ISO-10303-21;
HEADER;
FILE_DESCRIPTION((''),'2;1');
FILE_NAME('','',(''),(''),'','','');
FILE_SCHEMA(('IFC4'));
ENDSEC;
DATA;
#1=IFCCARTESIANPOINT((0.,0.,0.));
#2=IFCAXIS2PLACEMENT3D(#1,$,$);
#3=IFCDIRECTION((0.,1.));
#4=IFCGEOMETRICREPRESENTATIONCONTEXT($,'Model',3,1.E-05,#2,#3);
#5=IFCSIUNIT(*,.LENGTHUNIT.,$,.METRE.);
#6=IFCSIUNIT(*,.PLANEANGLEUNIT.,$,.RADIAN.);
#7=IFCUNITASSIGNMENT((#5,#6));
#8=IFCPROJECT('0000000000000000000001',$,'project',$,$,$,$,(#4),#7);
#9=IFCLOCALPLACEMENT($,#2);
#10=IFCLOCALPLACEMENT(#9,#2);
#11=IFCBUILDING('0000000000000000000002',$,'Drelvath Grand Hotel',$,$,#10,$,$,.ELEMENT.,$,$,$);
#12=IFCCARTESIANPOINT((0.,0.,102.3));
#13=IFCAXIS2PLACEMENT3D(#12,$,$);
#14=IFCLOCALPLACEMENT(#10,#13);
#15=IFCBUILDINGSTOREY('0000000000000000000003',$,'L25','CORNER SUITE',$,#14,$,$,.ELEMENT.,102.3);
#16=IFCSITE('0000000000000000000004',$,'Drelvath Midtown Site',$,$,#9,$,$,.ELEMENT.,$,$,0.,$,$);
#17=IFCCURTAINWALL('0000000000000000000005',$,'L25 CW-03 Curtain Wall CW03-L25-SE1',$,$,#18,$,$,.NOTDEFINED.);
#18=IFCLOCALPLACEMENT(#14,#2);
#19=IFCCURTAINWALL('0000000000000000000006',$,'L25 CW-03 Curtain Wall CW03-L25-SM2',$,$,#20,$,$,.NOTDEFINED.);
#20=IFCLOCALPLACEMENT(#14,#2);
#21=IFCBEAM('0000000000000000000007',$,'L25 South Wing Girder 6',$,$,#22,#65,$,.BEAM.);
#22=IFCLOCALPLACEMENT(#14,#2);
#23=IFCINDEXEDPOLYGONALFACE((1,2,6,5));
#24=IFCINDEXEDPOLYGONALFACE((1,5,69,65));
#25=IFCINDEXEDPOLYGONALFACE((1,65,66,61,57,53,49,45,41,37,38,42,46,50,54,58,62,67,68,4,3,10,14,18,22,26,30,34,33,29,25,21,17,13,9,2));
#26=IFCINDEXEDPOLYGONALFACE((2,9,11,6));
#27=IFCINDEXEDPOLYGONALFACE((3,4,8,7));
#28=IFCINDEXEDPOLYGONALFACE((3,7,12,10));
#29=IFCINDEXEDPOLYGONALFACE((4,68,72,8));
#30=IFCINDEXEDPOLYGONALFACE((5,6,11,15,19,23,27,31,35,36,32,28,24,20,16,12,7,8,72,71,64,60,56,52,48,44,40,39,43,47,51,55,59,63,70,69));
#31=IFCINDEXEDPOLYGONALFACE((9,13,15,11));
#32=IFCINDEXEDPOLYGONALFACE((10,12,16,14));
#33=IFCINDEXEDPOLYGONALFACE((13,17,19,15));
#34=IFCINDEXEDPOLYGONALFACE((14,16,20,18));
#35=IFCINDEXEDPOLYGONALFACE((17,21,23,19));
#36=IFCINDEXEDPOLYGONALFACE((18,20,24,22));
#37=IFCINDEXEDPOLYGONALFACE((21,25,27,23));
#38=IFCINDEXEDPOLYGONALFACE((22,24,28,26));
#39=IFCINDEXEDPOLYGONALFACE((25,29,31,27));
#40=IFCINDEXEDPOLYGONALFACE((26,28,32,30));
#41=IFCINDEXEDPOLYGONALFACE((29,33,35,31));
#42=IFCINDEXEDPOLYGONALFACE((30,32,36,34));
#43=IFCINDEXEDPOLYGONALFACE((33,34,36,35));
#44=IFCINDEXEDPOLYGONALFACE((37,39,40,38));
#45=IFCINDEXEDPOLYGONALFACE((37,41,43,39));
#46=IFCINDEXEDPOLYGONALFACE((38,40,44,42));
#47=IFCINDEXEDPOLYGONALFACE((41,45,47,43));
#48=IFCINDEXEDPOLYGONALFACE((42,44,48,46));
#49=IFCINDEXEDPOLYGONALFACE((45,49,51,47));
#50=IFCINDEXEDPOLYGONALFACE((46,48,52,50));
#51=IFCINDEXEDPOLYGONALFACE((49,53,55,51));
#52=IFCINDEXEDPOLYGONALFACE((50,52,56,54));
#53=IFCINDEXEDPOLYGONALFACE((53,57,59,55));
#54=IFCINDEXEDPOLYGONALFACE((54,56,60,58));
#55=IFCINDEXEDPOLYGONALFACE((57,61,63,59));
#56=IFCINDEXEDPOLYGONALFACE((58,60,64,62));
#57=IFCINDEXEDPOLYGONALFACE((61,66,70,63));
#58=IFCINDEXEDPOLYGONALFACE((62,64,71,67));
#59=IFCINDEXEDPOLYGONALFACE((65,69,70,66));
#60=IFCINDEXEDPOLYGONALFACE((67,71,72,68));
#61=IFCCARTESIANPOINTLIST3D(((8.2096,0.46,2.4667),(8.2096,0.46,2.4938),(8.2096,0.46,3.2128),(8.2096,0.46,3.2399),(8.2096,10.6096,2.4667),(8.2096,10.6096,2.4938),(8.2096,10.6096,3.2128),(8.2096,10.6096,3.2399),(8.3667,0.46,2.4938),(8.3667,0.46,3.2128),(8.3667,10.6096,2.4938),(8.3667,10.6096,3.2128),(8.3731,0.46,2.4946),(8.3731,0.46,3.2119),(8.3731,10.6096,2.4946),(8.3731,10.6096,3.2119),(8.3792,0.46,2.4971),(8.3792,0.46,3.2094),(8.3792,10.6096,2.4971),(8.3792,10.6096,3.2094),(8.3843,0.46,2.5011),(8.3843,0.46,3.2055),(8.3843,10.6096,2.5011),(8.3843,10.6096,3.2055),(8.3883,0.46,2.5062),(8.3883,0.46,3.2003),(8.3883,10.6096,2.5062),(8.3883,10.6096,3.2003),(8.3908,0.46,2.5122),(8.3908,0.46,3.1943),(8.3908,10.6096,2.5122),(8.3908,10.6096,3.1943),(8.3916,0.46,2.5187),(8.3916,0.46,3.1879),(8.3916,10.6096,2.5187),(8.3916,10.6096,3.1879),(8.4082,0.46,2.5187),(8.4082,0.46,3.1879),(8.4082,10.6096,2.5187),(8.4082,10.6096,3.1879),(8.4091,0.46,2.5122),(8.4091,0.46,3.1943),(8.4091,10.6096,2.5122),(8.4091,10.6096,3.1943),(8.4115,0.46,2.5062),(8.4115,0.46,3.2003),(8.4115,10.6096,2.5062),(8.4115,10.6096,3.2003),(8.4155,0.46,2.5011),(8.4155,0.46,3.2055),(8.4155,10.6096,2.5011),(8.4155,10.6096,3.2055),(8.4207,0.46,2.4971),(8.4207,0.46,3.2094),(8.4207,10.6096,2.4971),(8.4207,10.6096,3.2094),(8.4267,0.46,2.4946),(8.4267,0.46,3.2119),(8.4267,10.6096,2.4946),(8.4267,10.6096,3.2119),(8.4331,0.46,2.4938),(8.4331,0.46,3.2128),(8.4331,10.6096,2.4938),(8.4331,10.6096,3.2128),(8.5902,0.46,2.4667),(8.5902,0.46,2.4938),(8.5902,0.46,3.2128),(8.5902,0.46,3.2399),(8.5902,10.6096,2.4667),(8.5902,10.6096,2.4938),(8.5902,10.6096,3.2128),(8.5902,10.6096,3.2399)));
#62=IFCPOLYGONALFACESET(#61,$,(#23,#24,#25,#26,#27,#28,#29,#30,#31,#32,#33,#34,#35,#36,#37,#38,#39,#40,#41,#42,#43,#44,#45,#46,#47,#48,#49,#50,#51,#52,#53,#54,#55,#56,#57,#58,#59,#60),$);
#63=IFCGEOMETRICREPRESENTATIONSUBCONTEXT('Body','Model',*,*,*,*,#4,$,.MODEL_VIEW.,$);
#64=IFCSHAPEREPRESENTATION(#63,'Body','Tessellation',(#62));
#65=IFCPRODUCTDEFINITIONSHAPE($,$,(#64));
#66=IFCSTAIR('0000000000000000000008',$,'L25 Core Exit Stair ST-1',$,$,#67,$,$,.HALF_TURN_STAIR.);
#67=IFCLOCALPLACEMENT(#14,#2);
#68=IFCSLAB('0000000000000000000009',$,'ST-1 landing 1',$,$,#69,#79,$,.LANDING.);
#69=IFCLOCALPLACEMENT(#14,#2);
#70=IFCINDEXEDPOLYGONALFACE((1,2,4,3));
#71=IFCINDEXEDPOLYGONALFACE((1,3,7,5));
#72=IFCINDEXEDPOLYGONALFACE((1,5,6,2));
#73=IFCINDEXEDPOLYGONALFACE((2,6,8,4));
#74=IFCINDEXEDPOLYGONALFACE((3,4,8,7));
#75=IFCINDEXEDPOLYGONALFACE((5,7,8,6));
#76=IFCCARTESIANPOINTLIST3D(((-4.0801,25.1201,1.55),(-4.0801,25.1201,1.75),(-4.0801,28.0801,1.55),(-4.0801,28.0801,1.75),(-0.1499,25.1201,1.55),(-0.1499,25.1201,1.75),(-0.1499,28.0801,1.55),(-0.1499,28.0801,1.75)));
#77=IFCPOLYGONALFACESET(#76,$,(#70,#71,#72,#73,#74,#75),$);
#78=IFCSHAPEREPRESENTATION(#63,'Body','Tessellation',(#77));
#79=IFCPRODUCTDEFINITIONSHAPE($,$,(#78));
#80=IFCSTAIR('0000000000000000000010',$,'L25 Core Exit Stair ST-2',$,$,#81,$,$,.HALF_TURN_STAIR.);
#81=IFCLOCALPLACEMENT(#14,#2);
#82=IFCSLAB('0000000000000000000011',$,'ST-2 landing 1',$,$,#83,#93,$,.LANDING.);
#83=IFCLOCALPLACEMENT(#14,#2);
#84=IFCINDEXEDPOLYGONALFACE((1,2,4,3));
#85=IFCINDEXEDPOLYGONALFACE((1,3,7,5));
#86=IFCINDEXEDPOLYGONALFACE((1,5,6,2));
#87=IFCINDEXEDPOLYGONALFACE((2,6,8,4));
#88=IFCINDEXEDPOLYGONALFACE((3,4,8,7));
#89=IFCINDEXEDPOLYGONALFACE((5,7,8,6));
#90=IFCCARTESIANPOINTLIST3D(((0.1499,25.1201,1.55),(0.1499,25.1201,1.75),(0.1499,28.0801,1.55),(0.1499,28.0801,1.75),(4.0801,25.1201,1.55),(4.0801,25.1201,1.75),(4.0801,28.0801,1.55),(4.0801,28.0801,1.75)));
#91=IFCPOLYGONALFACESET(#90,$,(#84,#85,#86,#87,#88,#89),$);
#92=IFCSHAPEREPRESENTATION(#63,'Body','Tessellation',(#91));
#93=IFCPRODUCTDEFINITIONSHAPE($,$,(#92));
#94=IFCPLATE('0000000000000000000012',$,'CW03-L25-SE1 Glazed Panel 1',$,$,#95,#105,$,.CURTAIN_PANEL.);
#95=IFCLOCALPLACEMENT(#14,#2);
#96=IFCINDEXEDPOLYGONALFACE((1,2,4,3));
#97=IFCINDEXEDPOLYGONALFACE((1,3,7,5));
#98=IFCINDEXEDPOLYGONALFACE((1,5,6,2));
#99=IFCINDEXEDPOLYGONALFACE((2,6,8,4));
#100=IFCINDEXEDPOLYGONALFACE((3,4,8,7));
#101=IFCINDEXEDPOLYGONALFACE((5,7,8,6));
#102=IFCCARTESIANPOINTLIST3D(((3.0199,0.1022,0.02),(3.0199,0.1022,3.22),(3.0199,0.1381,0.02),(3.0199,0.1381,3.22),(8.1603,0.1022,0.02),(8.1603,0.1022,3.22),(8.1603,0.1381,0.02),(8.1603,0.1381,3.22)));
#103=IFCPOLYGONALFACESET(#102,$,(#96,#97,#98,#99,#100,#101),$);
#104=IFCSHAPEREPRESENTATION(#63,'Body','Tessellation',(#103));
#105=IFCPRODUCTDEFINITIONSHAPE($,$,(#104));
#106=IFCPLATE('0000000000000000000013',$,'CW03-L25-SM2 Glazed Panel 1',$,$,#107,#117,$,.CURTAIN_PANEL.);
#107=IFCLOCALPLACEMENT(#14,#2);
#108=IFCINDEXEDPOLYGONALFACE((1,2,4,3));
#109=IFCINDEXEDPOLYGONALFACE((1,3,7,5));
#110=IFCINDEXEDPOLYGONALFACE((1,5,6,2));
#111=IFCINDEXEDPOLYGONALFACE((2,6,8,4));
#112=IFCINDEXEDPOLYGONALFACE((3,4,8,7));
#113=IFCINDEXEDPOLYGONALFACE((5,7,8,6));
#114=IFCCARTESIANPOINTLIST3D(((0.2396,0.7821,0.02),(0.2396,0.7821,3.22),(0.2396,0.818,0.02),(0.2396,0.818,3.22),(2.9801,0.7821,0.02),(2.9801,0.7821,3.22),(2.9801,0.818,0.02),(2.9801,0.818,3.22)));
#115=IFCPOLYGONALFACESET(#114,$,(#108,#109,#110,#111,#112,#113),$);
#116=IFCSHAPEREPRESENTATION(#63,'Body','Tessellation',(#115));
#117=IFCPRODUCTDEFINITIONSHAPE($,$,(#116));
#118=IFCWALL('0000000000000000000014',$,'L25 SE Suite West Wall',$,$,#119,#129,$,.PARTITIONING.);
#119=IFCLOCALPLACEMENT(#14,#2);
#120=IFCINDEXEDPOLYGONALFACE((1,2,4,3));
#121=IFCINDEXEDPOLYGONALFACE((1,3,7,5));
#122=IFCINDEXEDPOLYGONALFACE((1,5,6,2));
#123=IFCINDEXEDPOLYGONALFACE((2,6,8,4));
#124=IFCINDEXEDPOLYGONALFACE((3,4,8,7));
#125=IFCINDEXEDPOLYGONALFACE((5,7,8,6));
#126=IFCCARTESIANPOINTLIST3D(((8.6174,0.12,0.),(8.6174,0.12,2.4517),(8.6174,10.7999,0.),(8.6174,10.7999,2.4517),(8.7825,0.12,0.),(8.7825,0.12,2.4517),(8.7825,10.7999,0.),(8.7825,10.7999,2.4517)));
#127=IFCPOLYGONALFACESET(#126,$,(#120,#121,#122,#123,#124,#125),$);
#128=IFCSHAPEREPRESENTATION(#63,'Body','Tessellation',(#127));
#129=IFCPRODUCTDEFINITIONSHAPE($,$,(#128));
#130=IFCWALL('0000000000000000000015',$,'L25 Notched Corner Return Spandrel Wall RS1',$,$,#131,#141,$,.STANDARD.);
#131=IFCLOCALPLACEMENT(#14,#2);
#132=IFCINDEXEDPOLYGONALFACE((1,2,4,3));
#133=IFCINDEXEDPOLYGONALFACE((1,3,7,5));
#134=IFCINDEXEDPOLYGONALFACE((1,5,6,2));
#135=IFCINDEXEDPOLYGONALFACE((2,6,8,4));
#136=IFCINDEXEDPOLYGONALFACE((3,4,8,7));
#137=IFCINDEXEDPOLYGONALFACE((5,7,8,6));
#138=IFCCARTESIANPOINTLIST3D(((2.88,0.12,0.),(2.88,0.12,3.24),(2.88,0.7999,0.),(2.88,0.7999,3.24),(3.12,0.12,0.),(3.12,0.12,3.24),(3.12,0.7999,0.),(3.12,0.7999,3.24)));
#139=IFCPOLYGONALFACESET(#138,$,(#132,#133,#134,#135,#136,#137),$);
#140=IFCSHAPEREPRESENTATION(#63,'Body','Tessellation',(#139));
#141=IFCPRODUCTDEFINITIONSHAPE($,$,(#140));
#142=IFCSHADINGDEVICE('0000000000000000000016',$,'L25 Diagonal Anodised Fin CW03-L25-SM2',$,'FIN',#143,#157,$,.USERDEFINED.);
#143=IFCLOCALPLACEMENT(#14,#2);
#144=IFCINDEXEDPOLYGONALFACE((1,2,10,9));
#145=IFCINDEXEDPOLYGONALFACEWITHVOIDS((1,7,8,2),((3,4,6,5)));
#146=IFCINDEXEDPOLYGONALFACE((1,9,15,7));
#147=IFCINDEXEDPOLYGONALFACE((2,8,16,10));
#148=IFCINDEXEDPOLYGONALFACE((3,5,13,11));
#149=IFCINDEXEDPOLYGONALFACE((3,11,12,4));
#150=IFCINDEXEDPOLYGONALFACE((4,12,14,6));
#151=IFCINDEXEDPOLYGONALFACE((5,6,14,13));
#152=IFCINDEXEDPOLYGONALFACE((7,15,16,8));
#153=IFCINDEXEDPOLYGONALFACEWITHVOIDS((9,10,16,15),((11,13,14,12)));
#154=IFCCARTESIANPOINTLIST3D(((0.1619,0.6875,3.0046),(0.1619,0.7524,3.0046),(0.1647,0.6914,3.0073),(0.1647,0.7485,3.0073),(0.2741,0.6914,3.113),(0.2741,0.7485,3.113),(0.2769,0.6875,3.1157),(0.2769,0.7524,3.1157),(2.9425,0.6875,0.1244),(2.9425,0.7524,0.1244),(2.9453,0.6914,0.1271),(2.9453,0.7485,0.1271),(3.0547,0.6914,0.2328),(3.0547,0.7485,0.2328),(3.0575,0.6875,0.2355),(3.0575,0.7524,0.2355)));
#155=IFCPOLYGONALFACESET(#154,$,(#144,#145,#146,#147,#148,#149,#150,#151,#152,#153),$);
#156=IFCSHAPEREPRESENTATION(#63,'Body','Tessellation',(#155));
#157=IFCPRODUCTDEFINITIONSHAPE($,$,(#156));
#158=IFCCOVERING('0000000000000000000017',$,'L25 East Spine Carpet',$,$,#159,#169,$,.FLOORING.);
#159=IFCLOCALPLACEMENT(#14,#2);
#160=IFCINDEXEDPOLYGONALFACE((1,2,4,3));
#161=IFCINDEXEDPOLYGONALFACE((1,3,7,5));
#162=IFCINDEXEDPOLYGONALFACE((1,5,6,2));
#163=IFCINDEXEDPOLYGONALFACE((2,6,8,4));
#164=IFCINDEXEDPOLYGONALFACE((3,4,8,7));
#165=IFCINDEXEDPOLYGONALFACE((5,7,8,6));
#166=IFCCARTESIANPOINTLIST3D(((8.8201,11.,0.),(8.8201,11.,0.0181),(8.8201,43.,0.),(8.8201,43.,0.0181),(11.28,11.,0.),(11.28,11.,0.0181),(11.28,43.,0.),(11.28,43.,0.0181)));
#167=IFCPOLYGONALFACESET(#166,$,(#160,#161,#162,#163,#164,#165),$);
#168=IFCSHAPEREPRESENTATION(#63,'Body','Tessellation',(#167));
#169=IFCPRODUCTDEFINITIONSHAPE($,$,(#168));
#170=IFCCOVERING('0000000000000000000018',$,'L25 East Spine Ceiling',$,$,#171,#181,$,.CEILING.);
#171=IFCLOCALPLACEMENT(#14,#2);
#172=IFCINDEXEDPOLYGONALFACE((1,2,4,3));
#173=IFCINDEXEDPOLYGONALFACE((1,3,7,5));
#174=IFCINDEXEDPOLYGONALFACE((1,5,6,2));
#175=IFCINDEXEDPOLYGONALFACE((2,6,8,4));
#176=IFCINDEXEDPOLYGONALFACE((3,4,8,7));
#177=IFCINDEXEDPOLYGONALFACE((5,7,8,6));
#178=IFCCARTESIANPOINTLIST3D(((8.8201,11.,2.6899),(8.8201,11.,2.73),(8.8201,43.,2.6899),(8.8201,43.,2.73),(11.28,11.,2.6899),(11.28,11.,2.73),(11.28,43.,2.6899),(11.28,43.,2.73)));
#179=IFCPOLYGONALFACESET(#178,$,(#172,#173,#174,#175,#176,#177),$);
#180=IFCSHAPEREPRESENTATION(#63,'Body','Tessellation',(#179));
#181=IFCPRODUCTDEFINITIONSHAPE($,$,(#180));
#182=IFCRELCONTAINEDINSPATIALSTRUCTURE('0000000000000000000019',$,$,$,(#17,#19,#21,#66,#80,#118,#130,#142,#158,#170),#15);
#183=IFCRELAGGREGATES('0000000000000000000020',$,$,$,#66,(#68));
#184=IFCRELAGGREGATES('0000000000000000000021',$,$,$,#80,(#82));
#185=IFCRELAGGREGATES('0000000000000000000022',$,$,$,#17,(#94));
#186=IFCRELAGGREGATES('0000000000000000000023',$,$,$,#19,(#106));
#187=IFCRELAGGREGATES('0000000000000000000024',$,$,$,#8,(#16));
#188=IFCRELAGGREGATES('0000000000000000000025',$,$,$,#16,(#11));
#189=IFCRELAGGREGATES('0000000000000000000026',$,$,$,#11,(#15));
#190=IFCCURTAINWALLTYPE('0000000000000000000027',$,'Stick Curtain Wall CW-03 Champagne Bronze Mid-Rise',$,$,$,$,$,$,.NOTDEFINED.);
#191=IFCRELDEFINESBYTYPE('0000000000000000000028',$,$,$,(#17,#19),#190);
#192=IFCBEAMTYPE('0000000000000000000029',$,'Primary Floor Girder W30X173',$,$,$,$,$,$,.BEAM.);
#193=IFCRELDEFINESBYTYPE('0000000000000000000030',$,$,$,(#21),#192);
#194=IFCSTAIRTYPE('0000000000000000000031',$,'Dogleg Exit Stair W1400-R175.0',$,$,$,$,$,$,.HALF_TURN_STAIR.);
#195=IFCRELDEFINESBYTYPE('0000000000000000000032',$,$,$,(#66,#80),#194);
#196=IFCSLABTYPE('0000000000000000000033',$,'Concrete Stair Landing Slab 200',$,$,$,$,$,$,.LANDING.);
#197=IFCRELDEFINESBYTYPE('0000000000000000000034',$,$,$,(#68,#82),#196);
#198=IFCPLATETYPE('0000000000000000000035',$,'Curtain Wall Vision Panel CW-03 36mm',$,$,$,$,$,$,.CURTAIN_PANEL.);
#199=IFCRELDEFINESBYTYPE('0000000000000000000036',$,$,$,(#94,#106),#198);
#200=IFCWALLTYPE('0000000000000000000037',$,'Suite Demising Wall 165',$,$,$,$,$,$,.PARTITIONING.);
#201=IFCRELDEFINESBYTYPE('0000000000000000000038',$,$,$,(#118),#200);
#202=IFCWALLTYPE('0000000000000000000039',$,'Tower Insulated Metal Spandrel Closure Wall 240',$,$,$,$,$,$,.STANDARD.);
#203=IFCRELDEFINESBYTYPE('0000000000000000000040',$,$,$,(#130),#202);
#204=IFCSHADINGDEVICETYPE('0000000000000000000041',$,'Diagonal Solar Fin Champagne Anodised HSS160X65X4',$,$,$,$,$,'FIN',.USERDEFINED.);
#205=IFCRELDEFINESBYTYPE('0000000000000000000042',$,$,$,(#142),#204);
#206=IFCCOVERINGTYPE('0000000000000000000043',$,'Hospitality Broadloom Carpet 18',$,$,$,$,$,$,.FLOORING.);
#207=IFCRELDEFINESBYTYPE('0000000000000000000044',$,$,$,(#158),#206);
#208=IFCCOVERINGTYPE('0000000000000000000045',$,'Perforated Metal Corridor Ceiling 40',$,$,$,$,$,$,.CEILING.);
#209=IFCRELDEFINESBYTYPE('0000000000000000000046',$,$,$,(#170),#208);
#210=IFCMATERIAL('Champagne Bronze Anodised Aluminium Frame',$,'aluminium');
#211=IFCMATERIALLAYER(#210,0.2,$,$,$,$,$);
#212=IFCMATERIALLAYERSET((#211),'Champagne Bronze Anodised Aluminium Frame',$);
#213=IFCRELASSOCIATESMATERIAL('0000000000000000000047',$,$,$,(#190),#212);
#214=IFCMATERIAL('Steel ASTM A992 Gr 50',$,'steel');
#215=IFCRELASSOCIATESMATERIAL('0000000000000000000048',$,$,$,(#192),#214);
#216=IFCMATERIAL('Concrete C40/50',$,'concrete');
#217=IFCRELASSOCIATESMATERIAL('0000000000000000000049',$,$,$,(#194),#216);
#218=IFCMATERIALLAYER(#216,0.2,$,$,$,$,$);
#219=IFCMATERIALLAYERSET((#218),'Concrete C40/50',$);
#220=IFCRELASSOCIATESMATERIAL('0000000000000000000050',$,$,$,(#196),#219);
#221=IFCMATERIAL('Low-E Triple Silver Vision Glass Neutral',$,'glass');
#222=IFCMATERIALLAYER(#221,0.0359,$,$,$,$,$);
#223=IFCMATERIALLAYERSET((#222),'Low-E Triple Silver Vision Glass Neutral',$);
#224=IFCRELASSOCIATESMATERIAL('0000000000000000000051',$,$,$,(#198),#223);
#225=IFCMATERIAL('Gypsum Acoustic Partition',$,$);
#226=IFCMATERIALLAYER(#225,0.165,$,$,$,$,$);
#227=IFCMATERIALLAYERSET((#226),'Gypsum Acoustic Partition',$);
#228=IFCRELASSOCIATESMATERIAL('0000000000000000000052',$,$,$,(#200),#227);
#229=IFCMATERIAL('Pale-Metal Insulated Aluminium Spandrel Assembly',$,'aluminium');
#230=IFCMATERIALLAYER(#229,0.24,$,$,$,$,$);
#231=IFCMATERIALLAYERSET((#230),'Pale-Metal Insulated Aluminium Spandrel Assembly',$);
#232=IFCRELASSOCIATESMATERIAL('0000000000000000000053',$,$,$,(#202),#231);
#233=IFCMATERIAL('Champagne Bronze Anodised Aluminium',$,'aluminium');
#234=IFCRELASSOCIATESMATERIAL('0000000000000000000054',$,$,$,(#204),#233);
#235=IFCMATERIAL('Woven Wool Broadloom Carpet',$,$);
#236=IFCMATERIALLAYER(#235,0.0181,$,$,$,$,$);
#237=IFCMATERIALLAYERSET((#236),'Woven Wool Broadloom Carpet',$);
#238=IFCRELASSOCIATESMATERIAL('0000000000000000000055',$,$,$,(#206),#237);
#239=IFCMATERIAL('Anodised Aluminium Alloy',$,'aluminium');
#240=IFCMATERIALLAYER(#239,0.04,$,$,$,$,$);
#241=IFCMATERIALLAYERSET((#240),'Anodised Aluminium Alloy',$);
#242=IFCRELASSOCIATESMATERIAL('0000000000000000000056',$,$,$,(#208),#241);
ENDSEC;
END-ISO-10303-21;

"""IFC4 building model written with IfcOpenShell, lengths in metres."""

from ifc_helpers import new_model, si_unit, direction, frame, frame_2d, origin, origin_2d, place, context, subcontext, project, spatial, polyline, rectangle, hollow_rectangle, i_section, outline, extrude, material, layer, layer_set, material_profile, profile_set, type_object, element, aggregate, save


model = new_model("IFC4")

# Units and contexts
model_context = context("Model", 3, precision=1e-05, world=origin(), true_north=direction((0.0, 1.0)))
body_context = subcontext(model_context, "Body", "Model", "MODEL_VIEW")
ifc_project = project(units=[si_unit("LENGTHUNIT", "METRE"), si_unit("PLANEANGLEUNIT", "RADIAN")], contexts=[model_context])

# Site, building, storey
site_placement = place(None, origin())
site = spatial("IfcSite", under=ifc_project, at=site_placement, Name="Drelvath Midtown Site", CompositionType="ELEMENT", RefElevation=0.0)
building_placement = place(site_placement, origin())
building = spatial("IfcBuilding", under=site, at=building_placement, Name="Drelvath Grand Hotel", CompositionType="ELEMENT")
storey_placement = place(building_placement, frame((0.0, 0.0, 102.3)))
storey = spatial("IfcBuildingStorey", under=building, at=storey_placement, Name="L25", Description="CORNER SUITE", CompositionType="ELEMENT", Elevation=102.3)

# Curtain walls
ifc_material_1 = material(Name="Champagne Bronze Anodised Aluminium Frame", Category="aluminium")
ifc_layer_1 = layer(ifc_material_1, 0.2)
ifc_layer_set_1 = layer_set([ifc_layer_1], Name="Champagne Bronze Anodised Aluminium Frame")
curtain_wall_type = type_object("IfcCurtainWallType", Name="Stick Curtain Wall CW-03 Champagne Bronze Mid-Rise", PredefinedType="NOTDEFINED", material=ifc_layer_set_1)
curtain_wall_1_placement = place(storey_placement, origin())
curtain_wall_1 = element("IfcCurtainWall", 1, at=curtain_wall_1_placement, inside=storey, type_object=curtain_wall_type, Name="L25 CW-03 Curtain Wall CW03-L25-SE1", PredefinedType="NOTDEFINED")
curtain_wall_2_placement = place(storey_placement, origin())
curtain_wall_2 = element("IfcCurtainWall", 2, at=curtain_wall_2_placement, inside=storey, type_object=curtain_wall_type, Name="L25 CW-03 Curtain Wall CW03-L25-SM2", PredefinedType="NOTDEFINED")

# Beam
ifc_material_2 = material(Name="Steel ASTM A992 Gr 50", Category="steel")
ifc_material_profile_1 = material_profile(ifc_material_2, i_section(OverallWidth=0.3806, OverallDepth=0.7732, WebThickness=0.0166, FlangeThickness=0.0271, FilletRadius=0.0249, at=origin_2d()), Name="W30X173")
ifc_profile_set_1 = profile_set([ifc_material_profile_1], Name="Steel ASTM A992 Gr 50")
beam_type_1 = type_object("IfcBeamType", Name="Primary Floor Girder W30X173", PredefinedType="BEAM", material=ifc_profile_set_1)
beam_1_placement = place(storey_placement, frame((8.3999, 0.46, 2.8533), z_axis=(0.0, 1.0, 0.0), x_axis=(-1.0, 0.0, 0.0)))
element("IfcBeam", 3, at=beam_1_placement, inside=storey, type_object=beam_type_1, Name="L25 South Wing Girder 6", PredefinedType="BEAM", context=body_context, shape_type="SweptSolid", body=[
    extrude(i_section(OverallWidth=0.3806, OverallDepth=0.7732, WebThickness=0.0166, FlangeThickness=0.0271, FilletRadius=0.0249, at=origin_2d()), origin(), (0.0, 0.0, 1.0), 10.1497),
])

# Stairs, slabs
ifc_material_3 = material(Name="Concrete C40/50", Category="concrete")
stair_type = type_object("IfcStairType", Name="Dogleg Exit Stair W1400-R175.0", PredefinedType="HALF_TURN_STAIR", material=ifc_material_3)
stair_1_placement = place(storey_placement, origin())
stair_1 = element("IfcStair", 4, at=stair_1_placement, inside=storey, type_object=stair_type, Name="L25 Core Exit Stair ST-1", PredefinedType="HALF_TURN_STAIR")
ifc_layer_2 = layer(ifc_material_3, 0.2)
ifc_layer_set_2 = layer_set([ifc_layer_2], Name="Concrete C40/50")
slab_type = type_object("IfcSlabType", Name="Concrete Stair Landing Slab 200", PredefinedType="LANDING", material=ifc_layer_set_2)
slab_1_placement = place(storey_placement, frame((0.0, 0.0, 1.55)))
slab_1 = element("IfcSlab", 5, at=slab_1_placement, type_object=slab_type, Name="ST-1 landing 1", PredefinedType="LANDING", context=body_context, shape_type="SweptSolid", body=[
    extrude(outline(polyline([(-4.0801, 25.1201), (-0.1499, 25.1201), (-0.1499, 28.0801), (-4.0801, 28.0801), (-4.0801, 25.1201)])), origin(), (0.0, 0.0, 1.0), 0.2),
])
aggregate(stair_1, [slab_1])
stair_2_placement = place(storey_placement, origin())
stair_2 = element("IfcStair", 6, at=stair_2_placement, inside=storey, type_object=stair_type, Name="L25 Core Exit Stair ST-2", PredefinedType="HALF_TURN_STAIR")
slab_2_placement = place(storey_placement, frame((0.0, 0.0, 1.55)))
slab_2 = element("IfcSlab", 7, at=slab_2_placement, type_object=slab_type, Name="ST-2 landing 1", PredefinedType="LANDING", context=body_context, shape_type="SweptSolid", body=[
    extrude(outline(polyline([(4.0801, 28.0801), (0.1499, 28.0801), (0.1499, 25.1201), (4.0801, 25.1201), (4.0801, 28.0801)])), origin(), (0.0, 0.0, 1.0), 0.2),
])
aggregate(stair_2, [slab_2])

# Plates
ifc_material_4 = material(Name="Low-E Triple Silver Vision Glass Neutral", Category="glass")
ifc_layer_3 = layer(ifc_material_4, 0.0359)
ifc_layer_set_3 = layer_set([ifc_layer_3], Name="Low-E Triple Silver Vision Glass Neutral")
plate_type = type_object("IfcPlateType", Name="Curtain Wall Vision Panel CW-03 36mm", PredefinedType="CURTAIN_PANEL", material=ifc_layer_set_3)
plate_1_placement = place(storey_placement, frame((5.5901, 0.1201, 0.02), z_axis=(0.0, 0.0, 1.0), x_axis=(-1.0, 0.0, 0.0)))
plate_1 = element("IfcPlate", 8, at=plate_1_placement, type_object=plate_type, Name="CW03-L25-SE1 Glazed Panel 1", PredefinedType="CURTAIN_PANEL", context=body_context, shape_type="SweptSolid", body=[
    extrude(rectangle(XDim=5.1404, YDim=0.0359, at=origin_2d()), origin(), (0.0, 0.0, 1.0), 3.2),
])
aggregate(curtain_wall_1, [plate_1])
plate_2_placement = place(storey_placement, frame((1.6099, 0.8, 0.02), z_axis=(0.0, 0.0, 1.0), x_axis=(-1.0, 0.0, 0.0)))
plate_2 = element("IfcPlate", 9, at=plate_2_placement, type_object=plate_type, Name="CW03-L25-SM2 Glazed Panel 1", PredefinedType="CURTAIN_PANEL", context=body_context, shape_type="SweptSolid", body=[
    extrude(rectangle(XDim=2.7405, YDim=0.0359, at=origin_2d()), origin(), (0.0, 0.0, 1.0), 3.2),
])
aggregate(curtain_wall_2, [plate_2])

# Walls
ifc_material_5 = material(Name="Gypsum Acoustic Partition")
ifc_layer_4 = layer(ifc_material_5, 0.165)
ifc_layer_set_4 = layer_set([ifc_layer_4], Name="Gypsum Acoustic Partition")
wall_type_1 = type_object("IfcWallType", Name="Suite Demising Wall 165", PredefinedType="PARTITIONING", material=ifc_layer_set_4)
wall_1_placement = place(storey_placement, frame((8.7, 0.1201, 0.0), z_axis=(0.0, 0.0, 1.0), x_axis=(0.0, 1.0, 0.0)))
element("IfcWall", 10, at=wall_1_placement, inside=storey, type_object=wall_type_1, Name="L25 SE Suite West Wall", PredefinedType="PARTITIONING", context=body_context, shape_type="SweptSolid", body=[
    extrude(rectangle(XDim=10.6799, YDim=0.165, at=frame_2d((5.3398, 0.0))), origin(), (0.0, 0.0, 1.0), 2.4517),
])
ifc_material_6 = material(Name="Pale-Metal Insulated Aluminium Spandrel Assembly", Category="aluminium")
ifc_layer_5 = layer(ifc_material_6, 0.24)
ifc_layer_set_5 = layer_set([ifc_layer_5], Name="Pale-Metal Insulated Aluminium Spandrel Assembly")
wall_type_2 = type_object("IfcWallType", Name="Tower Insulated Metal Spandrel Closure Wall 240", PredefinedType="STANDARD", material=ifc_layer_set_5)
wall_2_placement = place(storey_placement, frame((3.0, 0.1201, 0.0), z_axis=(0.0, 0.0, 1.0), x_axis=(0.0, 1.0, 0.0)))
element("IfcWall", 11, at=wall_2_placement, inside=storey, type_object=wall_type_2, Name="L25 Notched Corner Return Spandrel Wall RS1", PredefinedType="STANDARD", context=body_context, shape_type="SweptSolid", body=[
    extrude(rectangle(XDim=0.6799, YDim=0.24, at=frame_2d((0.3398, 0.0))), origin(), (0.0, 0.0, 1.0), 3.24),
])

# Shading device
ifc_material_7 = material(Name="Champagne Bronze Anodised Aluminium", Category="aluminium")
ifc_material_profile_2 = material_profile(ifc_material_7, hollow_rectangle(XDim=0.0649, YDim=0.1599, WallThickness=0.0039, at=origin_2d()), Name="HSS160X65X4")
ifc_profile_set_2 = profile_set([ifc_material_profile_2], Name="Champagne Bronze Anodised Aluminium")
shading_device_type = type_object("IfcShadingDeviceType", Name="Diagonal Solar Fin Champagne Anodised HSS160X65X4", ElementType="FIN", PredefinedType="USERDEFINED", material=ifc_profile_set_2)
shading_device_placement = place(storey_placement, frame((3.0, 0.72, 0.1799), z_axis=(-0.694556, 0.0, 0.719438), x_axis=(0.0, -1.0, 0.0)))
element("IfcShadingDevice", 12, at=shading_device_placement, inside=storey, type_object=shading_device_type, Name="L25 Diagonal Anodised Fin CW03-L25-SM2", ObjectType="FIN", PredefinedType="USERDEFINED", context=body_context, shape_type="SweptSolid", body=[
    extrude(hollow_rectangle(XDim=0.0649, YDim=0.1599, WallThickness=0.0039, at=origin_2d()), origin(), (0.0, 0.0, 1.0), 4.0034),
])

# Coverings
ifc_material_8 = material(Name="Woven Wool Broadloom Carpet")
ifc_layer_6 = layer(ifc_material_8, 0.0181)
ifc_layer_set_6 = layer_set([ifc_layer_6], Name="Woven Wool Broadloom Carpet")
covering_type_1 = type_object("IfcCoveringType", Name="Hospitality Broadloom Carpet 18", PredefinedType="FLOORING", material=ifc_layer_set_6)
covering_1_placement = place(storey_placement, origin())
element("IfcCovering", 13, at=covering_1_placement, inside=storey, type_object=covering_type_1, Name="L25 East Spine Carpet", PredefinedType="FLOORING", context=body_context, shape_type="SweptSolid", body=[
    extrude(outline(polyline([(11.28, 11.0), (11.28, 43.0), (8.8201, 43.0), (8.8201, 11.0), (11.28, 11.0)])), origin(), (0.0, 0.0, 1.0), 0.0181),
])
ifc_material_9 = material(Name="Anodised Aluminium Alloy", Category="aluminium")
ifc_layer_7 = layer(ifc_material_9, 0.04)
ifc_layer_set_7 = layer_set([ifc_layer_7], Name="Anodised Aluminium Alloy")
covering_type_2 = type_object("IfcCoveringType", Name="Perforated Metal Corridor Ceiling 40", PredefinedType="CEILING", material=ifc_layer_set_7)
covering_2_placement = place(storey_placement, frame((0.0, 0.0, 2.6899)))
element("IfcCovering", 14, at=covering_2_placement, inside=storey, type_object=covering_type_2, Name="L25 East Spine Ceiling", PredefinedType="CEILING", context=body_context, shape_type="SweptSolid", body=[
    extrude(outline(polyline([(11.28, 11.0), (11.28, 43.0), (8.8201, 43.0), (8.8201, 11.0), (11.28, 11.0)])), origin(), (0.0, 0.0, 1.0), 0.04),
])

save(model, "model.ifc")
